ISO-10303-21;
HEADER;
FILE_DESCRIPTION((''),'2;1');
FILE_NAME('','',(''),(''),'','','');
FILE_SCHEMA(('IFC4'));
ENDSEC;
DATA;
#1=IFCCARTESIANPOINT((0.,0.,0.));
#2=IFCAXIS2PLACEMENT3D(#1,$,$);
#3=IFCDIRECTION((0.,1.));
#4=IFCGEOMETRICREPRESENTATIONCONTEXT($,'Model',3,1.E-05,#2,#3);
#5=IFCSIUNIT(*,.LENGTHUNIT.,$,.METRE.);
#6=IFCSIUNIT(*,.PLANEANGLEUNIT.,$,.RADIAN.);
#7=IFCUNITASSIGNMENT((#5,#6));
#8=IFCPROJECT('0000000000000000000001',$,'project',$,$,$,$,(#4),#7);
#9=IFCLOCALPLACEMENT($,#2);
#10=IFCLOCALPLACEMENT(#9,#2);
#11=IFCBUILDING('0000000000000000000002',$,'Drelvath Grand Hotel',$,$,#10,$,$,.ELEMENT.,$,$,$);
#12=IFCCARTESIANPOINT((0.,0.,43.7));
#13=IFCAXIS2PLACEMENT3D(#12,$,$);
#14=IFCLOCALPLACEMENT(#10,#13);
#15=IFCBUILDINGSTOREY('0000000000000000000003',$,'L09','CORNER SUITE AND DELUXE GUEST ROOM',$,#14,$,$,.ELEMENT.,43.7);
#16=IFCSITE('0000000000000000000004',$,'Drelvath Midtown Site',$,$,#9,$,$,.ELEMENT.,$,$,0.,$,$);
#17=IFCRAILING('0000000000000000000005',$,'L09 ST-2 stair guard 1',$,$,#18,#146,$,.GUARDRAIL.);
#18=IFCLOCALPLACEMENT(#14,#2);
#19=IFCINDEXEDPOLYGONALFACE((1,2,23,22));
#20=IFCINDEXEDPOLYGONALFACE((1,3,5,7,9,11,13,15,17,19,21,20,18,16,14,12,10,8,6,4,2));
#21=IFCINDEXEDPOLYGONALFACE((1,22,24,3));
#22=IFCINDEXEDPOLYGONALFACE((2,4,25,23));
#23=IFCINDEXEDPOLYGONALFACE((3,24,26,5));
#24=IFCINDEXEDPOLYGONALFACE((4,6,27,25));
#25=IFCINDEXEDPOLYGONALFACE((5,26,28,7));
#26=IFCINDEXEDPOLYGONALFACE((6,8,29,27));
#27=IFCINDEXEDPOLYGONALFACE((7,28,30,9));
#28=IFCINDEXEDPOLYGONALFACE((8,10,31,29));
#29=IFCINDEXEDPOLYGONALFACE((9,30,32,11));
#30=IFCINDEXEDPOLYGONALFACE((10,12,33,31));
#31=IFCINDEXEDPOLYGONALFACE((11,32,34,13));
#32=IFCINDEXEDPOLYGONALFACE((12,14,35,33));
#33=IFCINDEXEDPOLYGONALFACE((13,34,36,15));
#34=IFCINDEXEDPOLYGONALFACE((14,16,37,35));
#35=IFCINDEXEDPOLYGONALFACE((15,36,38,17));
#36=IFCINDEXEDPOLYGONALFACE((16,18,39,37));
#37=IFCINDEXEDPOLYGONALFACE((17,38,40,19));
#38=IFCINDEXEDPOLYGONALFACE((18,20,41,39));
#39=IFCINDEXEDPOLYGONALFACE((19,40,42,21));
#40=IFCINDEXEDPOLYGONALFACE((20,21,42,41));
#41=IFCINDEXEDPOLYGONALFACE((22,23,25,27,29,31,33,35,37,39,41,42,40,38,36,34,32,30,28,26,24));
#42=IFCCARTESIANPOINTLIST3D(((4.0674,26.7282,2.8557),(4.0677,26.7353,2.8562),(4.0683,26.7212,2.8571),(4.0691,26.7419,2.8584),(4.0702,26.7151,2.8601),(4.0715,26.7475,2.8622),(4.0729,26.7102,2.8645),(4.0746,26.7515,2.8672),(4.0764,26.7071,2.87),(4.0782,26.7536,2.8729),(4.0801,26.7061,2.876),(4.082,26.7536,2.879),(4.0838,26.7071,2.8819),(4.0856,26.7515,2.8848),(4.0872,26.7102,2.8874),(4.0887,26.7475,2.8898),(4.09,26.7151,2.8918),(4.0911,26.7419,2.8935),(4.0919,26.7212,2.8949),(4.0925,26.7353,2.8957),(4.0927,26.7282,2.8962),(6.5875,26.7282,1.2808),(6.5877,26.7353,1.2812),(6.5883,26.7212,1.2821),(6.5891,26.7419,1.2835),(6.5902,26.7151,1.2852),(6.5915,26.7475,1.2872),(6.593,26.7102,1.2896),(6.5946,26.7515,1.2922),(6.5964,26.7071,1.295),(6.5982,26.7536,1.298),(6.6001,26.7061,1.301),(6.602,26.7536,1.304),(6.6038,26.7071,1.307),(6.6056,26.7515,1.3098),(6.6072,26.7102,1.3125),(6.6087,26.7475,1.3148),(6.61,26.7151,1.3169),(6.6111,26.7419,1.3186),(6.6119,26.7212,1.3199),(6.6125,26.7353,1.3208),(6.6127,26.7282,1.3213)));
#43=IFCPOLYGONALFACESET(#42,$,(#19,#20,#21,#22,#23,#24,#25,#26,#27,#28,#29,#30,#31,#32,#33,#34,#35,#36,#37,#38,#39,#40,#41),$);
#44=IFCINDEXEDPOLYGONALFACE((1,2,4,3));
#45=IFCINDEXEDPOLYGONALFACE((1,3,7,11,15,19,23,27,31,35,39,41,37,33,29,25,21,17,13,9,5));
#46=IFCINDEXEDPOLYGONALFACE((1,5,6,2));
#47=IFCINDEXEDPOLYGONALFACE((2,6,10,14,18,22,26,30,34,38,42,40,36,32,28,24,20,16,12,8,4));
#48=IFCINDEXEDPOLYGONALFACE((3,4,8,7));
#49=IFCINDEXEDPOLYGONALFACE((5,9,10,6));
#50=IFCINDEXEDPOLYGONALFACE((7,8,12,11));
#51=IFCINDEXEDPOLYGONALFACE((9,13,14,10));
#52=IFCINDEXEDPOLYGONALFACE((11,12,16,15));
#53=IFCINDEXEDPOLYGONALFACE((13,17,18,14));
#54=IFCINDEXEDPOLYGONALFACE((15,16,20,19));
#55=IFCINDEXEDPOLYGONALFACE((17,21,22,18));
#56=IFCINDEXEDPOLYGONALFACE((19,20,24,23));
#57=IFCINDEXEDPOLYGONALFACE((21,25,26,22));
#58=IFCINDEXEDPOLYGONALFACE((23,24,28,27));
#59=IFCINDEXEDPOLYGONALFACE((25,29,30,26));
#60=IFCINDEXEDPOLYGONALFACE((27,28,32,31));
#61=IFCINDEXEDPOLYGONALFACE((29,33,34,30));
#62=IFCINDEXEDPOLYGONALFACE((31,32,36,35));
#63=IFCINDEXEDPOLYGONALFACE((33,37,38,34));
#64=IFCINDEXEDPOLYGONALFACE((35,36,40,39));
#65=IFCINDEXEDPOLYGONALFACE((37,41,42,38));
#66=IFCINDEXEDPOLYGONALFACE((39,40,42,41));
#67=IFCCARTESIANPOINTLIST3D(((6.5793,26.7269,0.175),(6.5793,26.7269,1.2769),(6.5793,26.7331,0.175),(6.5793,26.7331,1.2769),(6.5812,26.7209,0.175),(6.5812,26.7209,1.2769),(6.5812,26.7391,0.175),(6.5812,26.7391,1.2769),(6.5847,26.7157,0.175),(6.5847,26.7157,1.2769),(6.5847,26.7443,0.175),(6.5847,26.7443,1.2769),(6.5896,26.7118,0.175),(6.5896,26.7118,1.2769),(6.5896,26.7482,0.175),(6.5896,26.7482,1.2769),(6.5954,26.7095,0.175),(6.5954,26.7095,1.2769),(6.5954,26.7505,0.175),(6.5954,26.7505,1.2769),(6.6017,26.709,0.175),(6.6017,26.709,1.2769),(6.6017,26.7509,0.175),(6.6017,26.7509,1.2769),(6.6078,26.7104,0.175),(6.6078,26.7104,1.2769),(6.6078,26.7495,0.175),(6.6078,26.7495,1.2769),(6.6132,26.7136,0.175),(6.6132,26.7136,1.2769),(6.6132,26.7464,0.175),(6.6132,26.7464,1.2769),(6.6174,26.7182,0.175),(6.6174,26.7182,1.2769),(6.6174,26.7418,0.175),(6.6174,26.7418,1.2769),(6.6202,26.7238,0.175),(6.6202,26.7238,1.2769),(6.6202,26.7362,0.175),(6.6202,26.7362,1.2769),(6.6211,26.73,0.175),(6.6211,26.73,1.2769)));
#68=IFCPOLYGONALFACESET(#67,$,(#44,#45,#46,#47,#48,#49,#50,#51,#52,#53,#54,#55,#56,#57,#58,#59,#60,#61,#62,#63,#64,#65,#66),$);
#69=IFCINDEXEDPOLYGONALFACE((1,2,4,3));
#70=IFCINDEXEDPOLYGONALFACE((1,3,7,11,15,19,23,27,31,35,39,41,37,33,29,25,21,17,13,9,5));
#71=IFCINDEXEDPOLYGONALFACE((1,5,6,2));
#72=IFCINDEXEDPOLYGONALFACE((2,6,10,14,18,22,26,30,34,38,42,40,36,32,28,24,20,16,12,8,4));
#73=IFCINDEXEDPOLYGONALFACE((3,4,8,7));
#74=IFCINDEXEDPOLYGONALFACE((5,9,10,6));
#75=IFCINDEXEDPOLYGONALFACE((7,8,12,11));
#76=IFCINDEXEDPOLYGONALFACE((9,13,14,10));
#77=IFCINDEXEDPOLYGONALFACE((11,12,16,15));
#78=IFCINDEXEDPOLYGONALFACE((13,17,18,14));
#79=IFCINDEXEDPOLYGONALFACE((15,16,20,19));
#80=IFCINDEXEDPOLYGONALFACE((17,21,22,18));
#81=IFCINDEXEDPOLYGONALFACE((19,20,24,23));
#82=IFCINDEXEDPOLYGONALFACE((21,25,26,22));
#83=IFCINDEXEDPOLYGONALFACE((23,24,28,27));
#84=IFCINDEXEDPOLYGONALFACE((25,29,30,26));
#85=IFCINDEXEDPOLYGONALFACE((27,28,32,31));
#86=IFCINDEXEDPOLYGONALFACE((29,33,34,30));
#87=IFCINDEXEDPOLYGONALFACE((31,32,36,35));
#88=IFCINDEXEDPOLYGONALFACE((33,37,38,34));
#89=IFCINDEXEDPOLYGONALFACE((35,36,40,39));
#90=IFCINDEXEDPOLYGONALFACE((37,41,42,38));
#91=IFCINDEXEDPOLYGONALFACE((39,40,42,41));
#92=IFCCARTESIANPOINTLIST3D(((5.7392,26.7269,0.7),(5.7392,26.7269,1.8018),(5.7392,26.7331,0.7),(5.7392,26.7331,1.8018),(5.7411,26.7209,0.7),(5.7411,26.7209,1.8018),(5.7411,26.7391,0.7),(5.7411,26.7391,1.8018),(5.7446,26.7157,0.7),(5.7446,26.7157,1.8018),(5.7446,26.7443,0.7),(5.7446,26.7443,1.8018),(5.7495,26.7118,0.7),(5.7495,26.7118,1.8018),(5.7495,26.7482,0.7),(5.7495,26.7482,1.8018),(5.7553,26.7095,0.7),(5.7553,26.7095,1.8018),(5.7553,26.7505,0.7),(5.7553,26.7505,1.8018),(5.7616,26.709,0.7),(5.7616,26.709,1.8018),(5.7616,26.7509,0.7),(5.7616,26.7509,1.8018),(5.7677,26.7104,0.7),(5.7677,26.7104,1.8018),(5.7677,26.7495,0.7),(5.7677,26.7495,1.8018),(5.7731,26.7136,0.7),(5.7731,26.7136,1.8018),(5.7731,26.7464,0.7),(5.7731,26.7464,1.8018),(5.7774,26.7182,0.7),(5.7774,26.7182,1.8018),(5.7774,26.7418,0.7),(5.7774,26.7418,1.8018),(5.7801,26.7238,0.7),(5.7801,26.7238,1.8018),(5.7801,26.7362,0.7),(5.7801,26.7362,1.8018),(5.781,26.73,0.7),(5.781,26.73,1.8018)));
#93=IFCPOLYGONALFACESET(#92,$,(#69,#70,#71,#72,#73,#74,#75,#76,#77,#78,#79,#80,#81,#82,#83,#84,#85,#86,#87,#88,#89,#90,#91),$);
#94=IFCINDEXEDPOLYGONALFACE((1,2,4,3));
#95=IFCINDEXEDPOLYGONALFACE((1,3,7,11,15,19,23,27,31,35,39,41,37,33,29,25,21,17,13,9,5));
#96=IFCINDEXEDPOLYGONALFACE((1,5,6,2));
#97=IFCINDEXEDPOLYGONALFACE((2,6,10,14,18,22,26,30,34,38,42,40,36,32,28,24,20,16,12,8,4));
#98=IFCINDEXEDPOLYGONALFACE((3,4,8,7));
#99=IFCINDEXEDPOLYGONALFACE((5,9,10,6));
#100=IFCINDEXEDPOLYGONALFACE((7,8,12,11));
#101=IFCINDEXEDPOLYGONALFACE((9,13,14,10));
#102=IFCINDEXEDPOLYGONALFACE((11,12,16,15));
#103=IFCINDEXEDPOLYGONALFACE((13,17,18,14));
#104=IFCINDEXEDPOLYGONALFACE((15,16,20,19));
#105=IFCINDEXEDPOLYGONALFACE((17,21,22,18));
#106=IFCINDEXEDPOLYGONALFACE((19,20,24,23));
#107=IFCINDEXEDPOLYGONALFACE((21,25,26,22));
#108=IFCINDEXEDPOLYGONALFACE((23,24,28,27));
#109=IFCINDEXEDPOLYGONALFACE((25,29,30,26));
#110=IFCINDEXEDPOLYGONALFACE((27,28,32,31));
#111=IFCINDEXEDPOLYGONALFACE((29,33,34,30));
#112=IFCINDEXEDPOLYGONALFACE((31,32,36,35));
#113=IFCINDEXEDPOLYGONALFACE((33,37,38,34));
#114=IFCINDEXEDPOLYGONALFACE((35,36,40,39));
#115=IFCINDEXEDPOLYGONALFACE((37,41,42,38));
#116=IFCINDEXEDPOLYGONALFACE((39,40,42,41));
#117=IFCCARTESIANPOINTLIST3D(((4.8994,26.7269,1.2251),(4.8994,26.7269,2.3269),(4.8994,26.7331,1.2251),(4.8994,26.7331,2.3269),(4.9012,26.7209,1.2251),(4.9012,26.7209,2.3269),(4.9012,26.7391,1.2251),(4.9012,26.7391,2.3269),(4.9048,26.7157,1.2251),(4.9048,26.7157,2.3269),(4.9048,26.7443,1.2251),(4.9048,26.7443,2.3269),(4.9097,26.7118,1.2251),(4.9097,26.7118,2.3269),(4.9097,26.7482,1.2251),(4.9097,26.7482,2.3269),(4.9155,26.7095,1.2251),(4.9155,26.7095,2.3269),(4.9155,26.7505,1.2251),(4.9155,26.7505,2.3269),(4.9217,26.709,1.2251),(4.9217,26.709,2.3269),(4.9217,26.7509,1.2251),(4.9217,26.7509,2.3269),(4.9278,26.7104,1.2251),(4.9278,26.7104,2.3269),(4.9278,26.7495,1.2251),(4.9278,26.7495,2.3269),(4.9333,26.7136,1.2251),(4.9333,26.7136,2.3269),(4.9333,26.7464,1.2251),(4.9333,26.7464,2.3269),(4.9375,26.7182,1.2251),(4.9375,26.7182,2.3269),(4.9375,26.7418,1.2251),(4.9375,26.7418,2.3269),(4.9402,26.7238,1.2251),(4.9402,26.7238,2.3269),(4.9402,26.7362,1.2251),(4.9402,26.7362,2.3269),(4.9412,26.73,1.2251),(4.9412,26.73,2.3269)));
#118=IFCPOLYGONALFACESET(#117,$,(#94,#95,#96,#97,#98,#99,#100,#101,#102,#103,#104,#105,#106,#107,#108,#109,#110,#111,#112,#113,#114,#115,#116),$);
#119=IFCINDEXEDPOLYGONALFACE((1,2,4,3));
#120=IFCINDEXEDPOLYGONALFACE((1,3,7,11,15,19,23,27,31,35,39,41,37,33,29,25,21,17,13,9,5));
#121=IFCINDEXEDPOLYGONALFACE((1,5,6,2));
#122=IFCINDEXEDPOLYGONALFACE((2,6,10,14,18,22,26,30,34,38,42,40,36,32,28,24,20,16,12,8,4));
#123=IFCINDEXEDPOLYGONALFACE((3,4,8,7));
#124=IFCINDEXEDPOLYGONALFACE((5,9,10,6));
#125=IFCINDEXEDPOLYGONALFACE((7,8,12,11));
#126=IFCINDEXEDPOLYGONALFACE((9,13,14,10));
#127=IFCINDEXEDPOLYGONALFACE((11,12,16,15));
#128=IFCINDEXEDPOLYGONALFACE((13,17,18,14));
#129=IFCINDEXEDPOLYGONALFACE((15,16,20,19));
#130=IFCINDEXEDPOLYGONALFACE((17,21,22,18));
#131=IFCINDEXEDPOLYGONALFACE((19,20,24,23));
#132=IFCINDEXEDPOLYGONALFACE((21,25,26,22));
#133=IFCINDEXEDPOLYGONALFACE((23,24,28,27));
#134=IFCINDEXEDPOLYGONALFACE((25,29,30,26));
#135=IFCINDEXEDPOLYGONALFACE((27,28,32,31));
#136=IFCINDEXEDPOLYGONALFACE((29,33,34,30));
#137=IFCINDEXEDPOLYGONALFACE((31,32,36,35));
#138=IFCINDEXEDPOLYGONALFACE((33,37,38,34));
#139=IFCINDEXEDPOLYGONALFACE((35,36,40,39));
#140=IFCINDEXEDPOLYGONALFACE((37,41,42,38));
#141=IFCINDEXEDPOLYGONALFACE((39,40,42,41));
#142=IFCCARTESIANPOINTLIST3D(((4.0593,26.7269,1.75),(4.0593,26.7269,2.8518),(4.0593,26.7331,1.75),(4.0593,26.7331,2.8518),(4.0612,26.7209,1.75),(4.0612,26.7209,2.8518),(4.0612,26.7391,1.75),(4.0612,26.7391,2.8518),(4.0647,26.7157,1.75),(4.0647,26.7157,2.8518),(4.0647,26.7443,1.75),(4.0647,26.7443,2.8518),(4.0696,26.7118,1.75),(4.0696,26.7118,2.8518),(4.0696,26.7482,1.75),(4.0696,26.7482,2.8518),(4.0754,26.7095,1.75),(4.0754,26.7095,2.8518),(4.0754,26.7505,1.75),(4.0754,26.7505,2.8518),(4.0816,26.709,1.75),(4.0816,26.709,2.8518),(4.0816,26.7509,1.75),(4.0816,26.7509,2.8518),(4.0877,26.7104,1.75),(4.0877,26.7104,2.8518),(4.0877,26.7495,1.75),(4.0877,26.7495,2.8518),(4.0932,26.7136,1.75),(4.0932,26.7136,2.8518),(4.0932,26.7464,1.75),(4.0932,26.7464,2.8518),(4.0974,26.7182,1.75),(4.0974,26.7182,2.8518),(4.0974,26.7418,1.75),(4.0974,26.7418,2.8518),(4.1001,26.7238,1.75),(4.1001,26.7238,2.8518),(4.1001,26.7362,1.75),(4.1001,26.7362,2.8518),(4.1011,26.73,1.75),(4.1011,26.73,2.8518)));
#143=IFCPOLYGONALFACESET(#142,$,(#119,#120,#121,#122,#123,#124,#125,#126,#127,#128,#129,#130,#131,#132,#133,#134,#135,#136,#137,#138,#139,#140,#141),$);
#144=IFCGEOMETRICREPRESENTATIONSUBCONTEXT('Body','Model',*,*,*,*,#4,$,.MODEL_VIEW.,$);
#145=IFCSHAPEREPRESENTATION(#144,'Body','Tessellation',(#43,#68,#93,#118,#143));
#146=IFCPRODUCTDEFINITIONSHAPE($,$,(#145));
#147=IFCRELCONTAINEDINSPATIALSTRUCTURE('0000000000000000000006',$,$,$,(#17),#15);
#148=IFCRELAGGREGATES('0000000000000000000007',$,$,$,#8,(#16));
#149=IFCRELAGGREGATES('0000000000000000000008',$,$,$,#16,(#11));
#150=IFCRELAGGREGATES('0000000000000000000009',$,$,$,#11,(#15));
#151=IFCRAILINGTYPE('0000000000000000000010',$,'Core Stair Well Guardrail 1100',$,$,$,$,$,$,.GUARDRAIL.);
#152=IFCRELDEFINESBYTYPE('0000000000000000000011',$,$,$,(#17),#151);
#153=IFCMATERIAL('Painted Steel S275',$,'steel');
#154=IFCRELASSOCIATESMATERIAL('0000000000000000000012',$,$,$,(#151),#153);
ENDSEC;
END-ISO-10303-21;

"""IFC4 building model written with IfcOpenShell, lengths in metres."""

from ifc_helpers import new_model, si_unit, direction, frame, origin, origin_2d, place, context, subcontext, project, spatial, circle, extrude, material, type_object, element, save


model = new_model("IFC4")

# Units and contexts
model_context = context("Model", 3, precision=1e-05, world=origin(), true_north=direction((0.0, 1.0)))
body_context = subcontext(model_context, "Body", "Model", "MODEL_VIEW")
ifc_project = project(units=[si_unit("LENGTHUNIT", "METRE"), si_unit("PLANEANGLEUNIT", "RADIAN")], contexts=[model_context])

# Site, building, storey
site_placement = place(None, origin())
site = spatial("IfcSite", under=ifc_project, at=site_placement, Name="Drelvath Midtown Site", CompositionType="ELEMENT", RefElevation=0.0)
building_placement = place(site_placement, origin())
building = spatial("IfcBuilding", under=site, at=building_placement, Name="Drelvath Grand Hotel", CompositionType="ELEMENT")
storey_placement = place(building_placement, frame((0.0, 0.0, 43.7)))
storey = spatial("IfcBuildingStorey", under=building, at=storey_placement, Name="L09", Description="CORNER SUITE AND DELUXE GUEST ROOM", CompositionType="ELEMENT", Elevation=43.7)

# Shared definitions
ifc_material_1 = material(Name="Painted Steel S275", Category="steel")

# Railing
railing_type_1 = type_object("IfcRailingType", Name="Core Stair Well Guardrail 1100", PredefinedType="GUARDRAIL", material=ifc_material_1)
railing_1_placement = place(storey_placement, frame((6.6001, 26.73, 0.175)))
element("IfcRailing", 1, at=railing_1_placement, inside=storey, type_object=railing_type_1, Name="L09 ST-2 stair guard 1", PredefinedType="GUARDRAIL", context=body_context, shape_type="SweptSolid", body=[
    extrude(circle(Radius=0.0239, at=origin_2d()), frame((0.0, 0.0, 1.126), z_axis=(-0.848008, 0.0, 0.529984), x_axis=(0.0, -1.0, 0.0)), (0.0, 0.0, 1.0), 2.9717),
    extrude(circle(Radius=0.021, at=origin_2d()), origin(), (0.0, 0.0, 1.0), 1.1018),
    extrude(circle(Radius=0.021, at=origin_2d()), frame((-0.8401, 0.0, 0.5249)), (0.0, 0.0, 1.0), 1.1018),
    extrude(circle(Radius=0.021, at=origin_2d()), frame((-1.6799, 0.0, 1.05)), (0.0, 0.0, 1.0), 1.1018),
    extrude(circle(Radius=0.021, at=origin_2d()), frame((-2.52, 0.0, 1.575)), (0.0, 0.0, 1.0), 1.1018),
])

save(model, "model.ifc")
